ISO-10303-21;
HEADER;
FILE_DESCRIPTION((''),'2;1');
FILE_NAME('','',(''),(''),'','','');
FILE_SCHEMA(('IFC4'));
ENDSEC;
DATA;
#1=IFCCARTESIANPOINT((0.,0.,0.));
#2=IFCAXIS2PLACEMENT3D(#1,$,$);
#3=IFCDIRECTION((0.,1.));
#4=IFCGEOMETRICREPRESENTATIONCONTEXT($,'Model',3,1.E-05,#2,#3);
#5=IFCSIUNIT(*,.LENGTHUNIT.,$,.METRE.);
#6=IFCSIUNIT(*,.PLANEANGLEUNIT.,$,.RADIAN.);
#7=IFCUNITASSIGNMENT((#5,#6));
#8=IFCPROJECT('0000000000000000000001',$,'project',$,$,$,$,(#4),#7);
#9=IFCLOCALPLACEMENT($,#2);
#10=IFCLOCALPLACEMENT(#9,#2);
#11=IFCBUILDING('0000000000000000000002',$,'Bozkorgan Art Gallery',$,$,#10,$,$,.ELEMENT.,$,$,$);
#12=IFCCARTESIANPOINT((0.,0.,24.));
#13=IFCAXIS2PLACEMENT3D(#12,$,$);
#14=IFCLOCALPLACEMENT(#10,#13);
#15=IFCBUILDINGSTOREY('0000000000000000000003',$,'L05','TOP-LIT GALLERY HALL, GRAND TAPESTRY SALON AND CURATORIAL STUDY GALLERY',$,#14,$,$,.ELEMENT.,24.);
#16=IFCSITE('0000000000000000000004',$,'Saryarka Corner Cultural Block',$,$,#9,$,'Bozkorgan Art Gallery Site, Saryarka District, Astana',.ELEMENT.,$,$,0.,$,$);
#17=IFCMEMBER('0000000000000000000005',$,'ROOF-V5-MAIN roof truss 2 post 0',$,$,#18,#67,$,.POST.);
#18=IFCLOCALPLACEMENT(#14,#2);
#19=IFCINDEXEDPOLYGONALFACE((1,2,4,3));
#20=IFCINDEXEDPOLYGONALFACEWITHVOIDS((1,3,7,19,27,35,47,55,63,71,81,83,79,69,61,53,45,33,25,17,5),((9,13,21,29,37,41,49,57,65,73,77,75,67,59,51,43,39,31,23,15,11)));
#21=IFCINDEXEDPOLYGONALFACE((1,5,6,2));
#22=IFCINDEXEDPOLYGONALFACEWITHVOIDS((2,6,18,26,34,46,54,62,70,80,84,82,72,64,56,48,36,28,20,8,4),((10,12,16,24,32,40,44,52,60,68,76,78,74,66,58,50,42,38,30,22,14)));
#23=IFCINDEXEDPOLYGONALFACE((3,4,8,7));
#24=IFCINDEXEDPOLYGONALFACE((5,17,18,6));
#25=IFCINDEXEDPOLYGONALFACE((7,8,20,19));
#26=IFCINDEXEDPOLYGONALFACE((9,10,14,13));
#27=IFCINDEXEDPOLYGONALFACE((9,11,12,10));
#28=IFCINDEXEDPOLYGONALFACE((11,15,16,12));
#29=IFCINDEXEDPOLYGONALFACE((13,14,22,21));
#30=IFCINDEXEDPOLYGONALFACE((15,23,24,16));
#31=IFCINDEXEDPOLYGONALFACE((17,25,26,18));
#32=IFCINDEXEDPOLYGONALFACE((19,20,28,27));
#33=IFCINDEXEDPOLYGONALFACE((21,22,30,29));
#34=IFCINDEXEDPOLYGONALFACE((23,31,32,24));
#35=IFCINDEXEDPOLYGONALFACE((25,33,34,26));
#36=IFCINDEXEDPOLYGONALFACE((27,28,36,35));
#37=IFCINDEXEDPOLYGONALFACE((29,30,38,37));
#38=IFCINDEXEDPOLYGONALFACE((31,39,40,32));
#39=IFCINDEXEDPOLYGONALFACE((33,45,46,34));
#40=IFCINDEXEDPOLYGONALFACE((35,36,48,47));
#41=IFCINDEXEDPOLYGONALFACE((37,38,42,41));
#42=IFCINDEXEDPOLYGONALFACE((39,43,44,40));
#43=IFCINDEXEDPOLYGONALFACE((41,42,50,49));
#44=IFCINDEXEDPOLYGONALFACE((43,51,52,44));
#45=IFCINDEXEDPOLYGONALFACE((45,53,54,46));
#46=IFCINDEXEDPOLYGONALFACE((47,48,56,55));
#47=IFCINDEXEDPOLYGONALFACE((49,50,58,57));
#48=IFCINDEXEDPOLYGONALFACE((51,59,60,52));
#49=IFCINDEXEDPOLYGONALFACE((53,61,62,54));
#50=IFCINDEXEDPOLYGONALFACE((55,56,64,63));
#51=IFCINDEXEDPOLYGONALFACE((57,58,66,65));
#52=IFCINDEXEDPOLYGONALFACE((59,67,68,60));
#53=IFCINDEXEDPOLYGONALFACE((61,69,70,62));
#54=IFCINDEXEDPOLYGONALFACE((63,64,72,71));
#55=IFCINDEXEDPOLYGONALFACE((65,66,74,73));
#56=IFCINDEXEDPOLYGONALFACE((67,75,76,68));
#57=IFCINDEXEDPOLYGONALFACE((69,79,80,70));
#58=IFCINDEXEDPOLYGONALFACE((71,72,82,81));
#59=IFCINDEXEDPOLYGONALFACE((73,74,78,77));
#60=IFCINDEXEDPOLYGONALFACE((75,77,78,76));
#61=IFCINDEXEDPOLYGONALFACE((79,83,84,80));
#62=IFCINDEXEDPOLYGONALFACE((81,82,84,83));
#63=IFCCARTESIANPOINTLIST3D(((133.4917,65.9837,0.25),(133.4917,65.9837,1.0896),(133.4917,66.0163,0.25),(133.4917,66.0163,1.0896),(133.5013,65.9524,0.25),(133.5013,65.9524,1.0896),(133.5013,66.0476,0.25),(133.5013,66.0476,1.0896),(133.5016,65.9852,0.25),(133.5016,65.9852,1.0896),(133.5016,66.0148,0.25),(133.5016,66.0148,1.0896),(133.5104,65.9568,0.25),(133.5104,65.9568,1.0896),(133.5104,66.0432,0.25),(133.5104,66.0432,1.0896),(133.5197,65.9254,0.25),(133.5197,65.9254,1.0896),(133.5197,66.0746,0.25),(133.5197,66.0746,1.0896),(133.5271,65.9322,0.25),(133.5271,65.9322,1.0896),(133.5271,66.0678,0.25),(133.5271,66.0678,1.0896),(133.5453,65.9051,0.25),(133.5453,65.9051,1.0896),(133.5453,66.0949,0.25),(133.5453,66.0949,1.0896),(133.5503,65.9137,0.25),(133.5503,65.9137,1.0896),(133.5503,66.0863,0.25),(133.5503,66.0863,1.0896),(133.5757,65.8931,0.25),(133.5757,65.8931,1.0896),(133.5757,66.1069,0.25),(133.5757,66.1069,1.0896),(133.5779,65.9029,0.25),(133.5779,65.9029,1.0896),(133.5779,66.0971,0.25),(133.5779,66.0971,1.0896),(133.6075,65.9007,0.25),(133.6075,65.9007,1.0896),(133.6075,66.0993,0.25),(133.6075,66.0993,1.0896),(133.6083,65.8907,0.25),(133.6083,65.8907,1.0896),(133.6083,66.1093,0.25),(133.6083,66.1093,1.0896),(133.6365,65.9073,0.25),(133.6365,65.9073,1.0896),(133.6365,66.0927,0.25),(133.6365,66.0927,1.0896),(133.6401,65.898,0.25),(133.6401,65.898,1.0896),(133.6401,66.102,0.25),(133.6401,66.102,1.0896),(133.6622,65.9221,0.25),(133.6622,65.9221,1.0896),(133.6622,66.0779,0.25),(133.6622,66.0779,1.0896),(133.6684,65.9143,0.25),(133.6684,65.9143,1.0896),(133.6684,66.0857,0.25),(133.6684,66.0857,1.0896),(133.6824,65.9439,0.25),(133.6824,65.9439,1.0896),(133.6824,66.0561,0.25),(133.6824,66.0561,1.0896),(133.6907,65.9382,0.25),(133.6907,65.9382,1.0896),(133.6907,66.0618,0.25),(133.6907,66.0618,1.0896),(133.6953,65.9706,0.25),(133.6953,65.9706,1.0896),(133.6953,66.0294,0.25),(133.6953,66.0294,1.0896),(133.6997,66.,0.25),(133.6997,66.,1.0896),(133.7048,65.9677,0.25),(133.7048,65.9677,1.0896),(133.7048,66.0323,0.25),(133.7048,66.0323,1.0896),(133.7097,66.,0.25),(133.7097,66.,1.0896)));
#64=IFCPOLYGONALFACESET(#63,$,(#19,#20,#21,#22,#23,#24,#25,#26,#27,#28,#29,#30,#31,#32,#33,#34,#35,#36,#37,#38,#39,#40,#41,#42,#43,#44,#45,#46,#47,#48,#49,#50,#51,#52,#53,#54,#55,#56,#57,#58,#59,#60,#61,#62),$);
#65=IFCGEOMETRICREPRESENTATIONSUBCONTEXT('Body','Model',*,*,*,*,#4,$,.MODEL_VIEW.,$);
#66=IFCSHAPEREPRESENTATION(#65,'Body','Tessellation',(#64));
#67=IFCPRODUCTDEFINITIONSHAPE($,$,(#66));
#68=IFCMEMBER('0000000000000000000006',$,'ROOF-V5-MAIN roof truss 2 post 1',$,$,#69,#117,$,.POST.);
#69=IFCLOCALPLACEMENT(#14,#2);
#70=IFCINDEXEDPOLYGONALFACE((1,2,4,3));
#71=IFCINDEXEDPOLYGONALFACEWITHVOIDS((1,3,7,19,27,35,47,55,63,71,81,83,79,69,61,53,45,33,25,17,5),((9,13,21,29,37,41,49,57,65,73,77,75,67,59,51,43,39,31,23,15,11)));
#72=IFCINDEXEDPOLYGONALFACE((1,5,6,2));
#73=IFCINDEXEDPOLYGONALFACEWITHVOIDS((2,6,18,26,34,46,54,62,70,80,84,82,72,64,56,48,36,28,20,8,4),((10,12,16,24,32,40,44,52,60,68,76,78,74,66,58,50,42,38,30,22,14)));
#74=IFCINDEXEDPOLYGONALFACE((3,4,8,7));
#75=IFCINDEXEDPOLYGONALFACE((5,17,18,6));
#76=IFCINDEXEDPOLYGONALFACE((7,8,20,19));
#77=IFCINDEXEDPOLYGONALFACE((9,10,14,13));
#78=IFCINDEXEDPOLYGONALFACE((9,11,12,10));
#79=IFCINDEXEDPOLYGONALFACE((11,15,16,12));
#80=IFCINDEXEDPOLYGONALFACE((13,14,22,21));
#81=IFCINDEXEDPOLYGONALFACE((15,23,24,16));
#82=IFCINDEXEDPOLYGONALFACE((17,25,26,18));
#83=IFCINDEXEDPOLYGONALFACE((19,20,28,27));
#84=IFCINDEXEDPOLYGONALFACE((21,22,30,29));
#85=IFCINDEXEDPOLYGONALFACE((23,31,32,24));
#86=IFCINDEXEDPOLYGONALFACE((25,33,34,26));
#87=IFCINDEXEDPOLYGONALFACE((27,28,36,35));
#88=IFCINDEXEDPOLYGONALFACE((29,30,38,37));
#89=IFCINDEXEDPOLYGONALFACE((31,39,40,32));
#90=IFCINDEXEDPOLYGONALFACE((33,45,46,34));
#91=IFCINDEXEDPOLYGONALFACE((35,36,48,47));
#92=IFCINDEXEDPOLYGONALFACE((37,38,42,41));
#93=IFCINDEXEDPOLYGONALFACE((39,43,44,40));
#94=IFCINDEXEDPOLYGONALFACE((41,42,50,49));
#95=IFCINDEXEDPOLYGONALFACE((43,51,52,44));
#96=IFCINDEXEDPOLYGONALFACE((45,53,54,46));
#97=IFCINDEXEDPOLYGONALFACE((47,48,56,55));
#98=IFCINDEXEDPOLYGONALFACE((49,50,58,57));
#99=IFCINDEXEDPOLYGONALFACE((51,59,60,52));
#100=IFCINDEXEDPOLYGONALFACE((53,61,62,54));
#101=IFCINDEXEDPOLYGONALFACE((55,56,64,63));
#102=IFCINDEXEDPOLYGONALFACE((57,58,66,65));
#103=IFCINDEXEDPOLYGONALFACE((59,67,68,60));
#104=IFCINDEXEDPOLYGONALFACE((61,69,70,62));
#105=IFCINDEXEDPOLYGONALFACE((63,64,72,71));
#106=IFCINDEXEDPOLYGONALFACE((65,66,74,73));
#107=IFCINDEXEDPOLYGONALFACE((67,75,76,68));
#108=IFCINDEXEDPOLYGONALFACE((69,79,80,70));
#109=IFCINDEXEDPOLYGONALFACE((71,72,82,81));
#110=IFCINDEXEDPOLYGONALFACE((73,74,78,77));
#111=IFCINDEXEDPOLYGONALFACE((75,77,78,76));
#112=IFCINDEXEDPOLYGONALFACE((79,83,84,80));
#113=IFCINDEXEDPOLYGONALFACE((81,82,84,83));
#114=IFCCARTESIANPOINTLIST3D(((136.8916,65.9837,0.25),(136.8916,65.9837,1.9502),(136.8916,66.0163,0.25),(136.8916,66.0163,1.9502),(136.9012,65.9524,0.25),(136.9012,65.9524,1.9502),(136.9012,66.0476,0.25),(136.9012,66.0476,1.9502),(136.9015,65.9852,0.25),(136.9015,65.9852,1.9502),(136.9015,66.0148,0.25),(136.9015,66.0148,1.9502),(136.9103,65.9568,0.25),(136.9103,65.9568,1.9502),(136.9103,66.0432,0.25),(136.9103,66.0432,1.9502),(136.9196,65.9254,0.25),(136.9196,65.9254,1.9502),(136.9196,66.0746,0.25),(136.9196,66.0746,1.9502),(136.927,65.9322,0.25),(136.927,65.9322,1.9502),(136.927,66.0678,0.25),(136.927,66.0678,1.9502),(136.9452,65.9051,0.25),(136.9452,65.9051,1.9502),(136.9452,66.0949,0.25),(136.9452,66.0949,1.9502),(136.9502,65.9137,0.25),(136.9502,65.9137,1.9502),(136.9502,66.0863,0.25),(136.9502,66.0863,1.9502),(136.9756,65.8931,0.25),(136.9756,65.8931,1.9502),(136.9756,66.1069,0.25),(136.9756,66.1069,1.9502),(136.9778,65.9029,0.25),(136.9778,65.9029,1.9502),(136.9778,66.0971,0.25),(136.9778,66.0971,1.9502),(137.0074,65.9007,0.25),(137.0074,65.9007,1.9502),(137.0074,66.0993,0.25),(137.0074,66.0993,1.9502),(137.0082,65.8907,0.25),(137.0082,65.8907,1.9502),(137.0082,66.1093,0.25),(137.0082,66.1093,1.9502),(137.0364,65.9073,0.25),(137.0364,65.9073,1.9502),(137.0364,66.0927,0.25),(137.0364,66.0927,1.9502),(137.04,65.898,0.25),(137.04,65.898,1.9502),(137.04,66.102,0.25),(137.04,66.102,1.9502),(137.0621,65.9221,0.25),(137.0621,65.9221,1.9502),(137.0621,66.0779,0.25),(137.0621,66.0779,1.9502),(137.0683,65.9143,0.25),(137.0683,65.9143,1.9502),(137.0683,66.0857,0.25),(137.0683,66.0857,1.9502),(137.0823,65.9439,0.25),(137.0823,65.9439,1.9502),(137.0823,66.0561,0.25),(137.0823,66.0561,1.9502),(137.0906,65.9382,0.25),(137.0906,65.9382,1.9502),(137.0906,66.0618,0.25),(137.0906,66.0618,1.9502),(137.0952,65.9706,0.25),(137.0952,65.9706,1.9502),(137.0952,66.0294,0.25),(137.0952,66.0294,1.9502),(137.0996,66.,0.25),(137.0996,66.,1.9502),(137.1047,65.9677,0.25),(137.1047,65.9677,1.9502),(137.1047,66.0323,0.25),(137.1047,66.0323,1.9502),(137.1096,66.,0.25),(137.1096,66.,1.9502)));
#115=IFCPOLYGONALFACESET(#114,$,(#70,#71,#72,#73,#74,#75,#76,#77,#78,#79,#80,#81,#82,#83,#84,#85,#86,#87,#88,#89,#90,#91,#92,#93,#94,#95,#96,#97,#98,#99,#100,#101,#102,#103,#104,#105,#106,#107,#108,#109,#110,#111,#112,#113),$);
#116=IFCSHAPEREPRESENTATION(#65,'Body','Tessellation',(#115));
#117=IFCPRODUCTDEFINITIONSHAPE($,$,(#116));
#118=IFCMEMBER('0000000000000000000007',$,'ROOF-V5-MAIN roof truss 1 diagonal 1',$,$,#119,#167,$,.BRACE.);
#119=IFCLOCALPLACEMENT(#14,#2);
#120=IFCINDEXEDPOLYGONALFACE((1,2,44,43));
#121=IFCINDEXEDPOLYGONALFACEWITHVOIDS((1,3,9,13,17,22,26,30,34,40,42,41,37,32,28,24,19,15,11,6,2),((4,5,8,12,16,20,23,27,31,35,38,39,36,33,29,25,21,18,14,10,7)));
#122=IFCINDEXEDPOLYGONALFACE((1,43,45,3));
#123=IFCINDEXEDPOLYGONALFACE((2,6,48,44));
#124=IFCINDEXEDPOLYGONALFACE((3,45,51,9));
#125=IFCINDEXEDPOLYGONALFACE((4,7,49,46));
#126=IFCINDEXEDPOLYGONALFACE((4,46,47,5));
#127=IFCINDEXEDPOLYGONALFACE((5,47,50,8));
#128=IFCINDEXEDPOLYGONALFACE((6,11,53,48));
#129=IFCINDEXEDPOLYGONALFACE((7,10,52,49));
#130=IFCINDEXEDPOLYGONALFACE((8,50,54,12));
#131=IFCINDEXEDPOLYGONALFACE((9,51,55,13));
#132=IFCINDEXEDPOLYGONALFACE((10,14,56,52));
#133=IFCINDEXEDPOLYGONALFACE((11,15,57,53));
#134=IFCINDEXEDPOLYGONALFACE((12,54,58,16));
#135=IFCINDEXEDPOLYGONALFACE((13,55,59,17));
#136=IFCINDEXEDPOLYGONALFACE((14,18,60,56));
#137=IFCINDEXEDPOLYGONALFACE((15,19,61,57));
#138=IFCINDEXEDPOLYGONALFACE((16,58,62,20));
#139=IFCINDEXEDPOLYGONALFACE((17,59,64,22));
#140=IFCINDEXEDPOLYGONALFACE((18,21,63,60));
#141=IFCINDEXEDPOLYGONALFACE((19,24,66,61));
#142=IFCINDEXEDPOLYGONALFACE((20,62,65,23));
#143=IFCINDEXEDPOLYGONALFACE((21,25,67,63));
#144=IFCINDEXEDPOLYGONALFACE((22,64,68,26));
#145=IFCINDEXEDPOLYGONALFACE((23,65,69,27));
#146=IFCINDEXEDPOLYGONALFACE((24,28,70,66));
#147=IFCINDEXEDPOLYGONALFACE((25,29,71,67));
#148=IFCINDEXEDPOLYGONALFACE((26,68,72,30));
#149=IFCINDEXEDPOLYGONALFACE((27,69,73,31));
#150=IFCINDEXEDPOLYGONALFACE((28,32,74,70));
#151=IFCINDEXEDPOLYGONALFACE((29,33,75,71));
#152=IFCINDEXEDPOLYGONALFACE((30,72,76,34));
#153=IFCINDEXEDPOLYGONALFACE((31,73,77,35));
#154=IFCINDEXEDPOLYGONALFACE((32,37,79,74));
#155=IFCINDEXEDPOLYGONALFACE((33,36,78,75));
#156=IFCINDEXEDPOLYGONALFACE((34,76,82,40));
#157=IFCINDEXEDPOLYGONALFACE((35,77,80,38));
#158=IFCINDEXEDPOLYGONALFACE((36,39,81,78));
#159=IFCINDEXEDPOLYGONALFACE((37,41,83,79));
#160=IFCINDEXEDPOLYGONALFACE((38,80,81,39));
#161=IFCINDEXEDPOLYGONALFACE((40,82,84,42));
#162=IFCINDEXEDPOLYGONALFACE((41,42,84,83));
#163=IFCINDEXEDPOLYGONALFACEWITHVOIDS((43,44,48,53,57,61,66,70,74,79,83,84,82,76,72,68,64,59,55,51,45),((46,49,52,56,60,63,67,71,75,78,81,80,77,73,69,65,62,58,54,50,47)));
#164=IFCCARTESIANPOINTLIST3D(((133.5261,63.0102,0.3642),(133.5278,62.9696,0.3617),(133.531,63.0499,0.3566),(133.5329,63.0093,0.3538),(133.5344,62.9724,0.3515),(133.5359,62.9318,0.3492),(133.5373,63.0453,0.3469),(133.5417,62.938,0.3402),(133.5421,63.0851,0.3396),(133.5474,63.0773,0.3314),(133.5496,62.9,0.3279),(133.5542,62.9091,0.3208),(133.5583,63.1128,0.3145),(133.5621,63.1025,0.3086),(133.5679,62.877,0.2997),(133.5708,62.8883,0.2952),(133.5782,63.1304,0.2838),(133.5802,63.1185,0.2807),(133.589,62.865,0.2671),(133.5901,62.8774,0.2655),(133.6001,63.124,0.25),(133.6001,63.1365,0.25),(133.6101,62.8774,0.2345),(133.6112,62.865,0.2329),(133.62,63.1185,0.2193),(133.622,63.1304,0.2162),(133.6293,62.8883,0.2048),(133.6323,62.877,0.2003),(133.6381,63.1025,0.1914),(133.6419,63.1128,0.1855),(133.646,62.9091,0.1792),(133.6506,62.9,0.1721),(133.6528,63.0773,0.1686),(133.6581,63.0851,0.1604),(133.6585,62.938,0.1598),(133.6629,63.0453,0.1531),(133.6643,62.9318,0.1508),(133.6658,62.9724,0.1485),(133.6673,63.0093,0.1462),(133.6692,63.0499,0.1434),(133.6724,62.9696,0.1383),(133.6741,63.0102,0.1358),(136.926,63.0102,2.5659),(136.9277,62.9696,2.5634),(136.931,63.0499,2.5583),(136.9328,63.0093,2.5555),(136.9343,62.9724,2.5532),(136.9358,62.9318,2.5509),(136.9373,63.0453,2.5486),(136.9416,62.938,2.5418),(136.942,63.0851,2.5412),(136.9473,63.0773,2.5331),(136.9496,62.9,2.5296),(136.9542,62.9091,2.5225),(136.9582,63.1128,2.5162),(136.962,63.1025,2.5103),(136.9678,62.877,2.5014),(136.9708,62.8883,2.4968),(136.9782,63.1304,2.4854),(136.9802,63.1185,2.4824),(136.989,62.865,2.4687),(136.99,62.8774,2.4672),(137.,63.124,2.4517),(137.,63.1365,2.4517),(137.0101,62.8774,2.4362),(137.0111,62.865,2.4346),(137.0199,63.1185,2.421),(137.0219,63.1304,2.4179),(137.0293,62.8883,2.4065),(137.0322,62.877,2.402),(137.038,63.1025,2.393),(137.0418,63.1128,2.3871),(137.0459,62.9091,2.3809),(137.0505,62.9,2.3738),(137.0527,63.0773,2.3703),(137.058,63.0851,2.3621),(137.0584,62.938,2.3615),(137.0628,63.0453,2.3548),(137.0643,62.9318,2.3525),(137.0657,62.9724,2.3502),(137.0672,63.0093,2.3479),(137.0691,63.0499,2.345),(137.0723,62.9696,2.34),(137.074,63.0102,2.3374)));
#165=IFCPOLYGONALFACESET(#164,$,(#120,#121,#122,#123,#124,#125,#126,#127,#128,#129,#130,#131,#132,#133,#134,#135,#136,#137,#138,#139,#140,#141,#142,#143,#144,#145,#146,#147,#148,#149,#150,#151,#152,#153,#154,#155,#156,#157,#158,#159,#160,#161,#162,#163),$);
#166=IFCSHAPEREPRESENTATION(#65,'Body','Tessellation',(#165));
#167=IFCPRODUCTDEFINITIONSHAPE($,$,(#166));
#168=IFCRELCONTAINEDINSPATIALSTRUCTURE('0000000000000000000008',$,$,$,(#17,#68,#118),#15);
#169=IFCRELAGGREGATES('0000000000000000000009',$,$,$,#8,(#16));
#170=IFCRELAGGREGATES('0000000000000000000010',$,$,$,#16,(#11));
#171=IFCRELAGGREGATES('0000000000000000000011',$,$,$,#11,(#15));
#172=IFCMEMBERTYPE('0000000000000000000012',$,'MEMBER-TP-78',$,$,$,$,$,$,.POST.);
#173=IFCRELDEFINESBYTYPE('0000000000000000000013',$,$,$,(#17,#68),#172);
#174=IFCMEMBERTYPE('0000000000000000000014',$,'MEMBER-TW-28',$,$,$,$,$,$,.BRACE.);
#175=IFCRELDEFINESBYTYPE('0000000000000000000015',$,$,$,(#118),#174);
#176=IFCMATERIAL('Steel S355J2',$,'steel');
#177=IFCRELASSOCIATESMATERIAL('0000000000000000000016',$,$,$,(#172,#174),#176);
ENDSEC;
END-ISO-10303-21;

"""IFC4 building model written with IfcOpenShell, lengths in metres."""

from ifc_helpers import new_model, si_unit, direction, frame, origin, origin_2d, place, context, subcontext, project, spatial, hollow_circle, extrude, material, material_profile, profile_set, type_object, element, save


model = new_model("IFC4")

# Units and contexts
model_context = context("Model", 3, precision=1e-05, world=origin(), true_north=direction((0.0, 1.0)))
body_context = subcontext(model_context, "Body", "Model", "MODEL_VIEW")
ifc_project = project(units=[si_unit("LENGTHUNIT", "METRE"), si_unit("PLANEANGLEUNIT", "RADIAN")], contexts=[model_context])

# Site, building, storey
site_placement = place(None, origin())
site = spatial("IfcSite", under=ifc_project, at=site_placement, Name="Saryarka Corner Cultural Block", LongName="Bozkorgan Art Gallery Site, Saryarka District, Astana", CompositionType="ELEMENT", RefElevation=0.0)
building_placement = place(site_placement, origin())
building = spatial("IfcBuilding", under=site, at=building_placement, Name="Bozkorgan Art Gallery", CompositionType="ELEMENT")
storey_placement = place(building_placement, frame((0.0, 0.0, 24.0)))
storey = spatial("IfcBuildingStorey", under=building, at=storey_placement, Name="L05", Description="TOP-LIT GALLERY HALL, GRAND TAPESTRY SALON AND CURATORIAL STUDY GALLERY", CompositionType="ELEMENT", Elevation=24.0)

# Shared definitions
ifc_material = material(Name="Steel S355J2", Category="steel")

# Members
ifc_material_profile_1 = material_profile(ifc_material, hollow_circle(Radius=0.1096, WallThickness=0.01, at=origin_2d()), Name="CHS 219.1x10")
ifc_profile_set_1 = profile_set([ifc_material_profile_1], Name="Steel S355J2")
member_type_1 = type_object("IfcMemberType", Name="MEMBER-TP-78", PredefinedType="POST", material=ifc_profile_set_1)
member_1_placement = place(storey_placement, frame((133.6001, 66.0, 0.25), z_axis=(0.0, 0.0, 1.0), x_axis=(1.0, 0.0, 0.0)))
element("IfcMember", 1, at=member_1_placement, inside=storey, type_object=member_type_1, Name="ROOF-V5-MAIN roof truss 2 post 0", PredefinedType="POST", context=body_context, shape_type="SweptSolid", body=[
    extrude(hollow_circle(Radius=0.1096, WallThickness=0.01, at=origin_2d()), origin(), (0.0, 0.0, 1.0), 0.8396),
])
member_2_placement = place(storey_placement, frame((137.0, 66.0, 0.25), z_axis=(0.0, 0.0, 1.0), x_axis=(1.0, 0.0, 0.0)))
element("IfcMember", 2, at=member_2_placement, inside=storey, type_object=member_type_1, Name="ROOF-V5-MAIN roof truss 2 post 1", PredefinedType="POST", context=body_context, shape_type="SweptSolid", body=[
    extrude(hollow_circle(Radius=0.1096, WallThickness=0.01, at=origin_2d()), origin(), (0.0, 0.0, 1.0), 1.7002),
])
ifc_material_profile_2 = material_profile(ifc_material, hollow_circle(Radius=0.1365, WallThickness=0.0125, at=origin_2d()), Name="CHS 273x12.5")
ifc_profile_set_2 = profile_set([ifc_material_profile_2], Name="Steel S355J2")
member_type_2 = type_object("IfcMemberType", Name="MEMBER-TW-28", PredefinedType="BRACE", material=ifc_profile_set_2)
member_3_placement = place(storey_placement, frame((133.6001, 63.0, 0.25), z_axis=(0.839376, 0.0, 0.543551), x_axis=(0.0, 1.0, 0.0)))
element("IfcMember", 3, at=member_3_placement, inside=storey, type_object=member_type_2, Name="ROOF-V5-MAIN roof truss 1 diagonal 1", PredefinedType="BRACE", context=body_context, shape_type="SweptSolid", body=[
    extrude(hollow_circle(Radius=0.1365, WallThickness=0.0125, at=origin_2d()), origin(), (0.0, 0.0, 1.0), 4.0505),
])

save(model, "model.ifc")
